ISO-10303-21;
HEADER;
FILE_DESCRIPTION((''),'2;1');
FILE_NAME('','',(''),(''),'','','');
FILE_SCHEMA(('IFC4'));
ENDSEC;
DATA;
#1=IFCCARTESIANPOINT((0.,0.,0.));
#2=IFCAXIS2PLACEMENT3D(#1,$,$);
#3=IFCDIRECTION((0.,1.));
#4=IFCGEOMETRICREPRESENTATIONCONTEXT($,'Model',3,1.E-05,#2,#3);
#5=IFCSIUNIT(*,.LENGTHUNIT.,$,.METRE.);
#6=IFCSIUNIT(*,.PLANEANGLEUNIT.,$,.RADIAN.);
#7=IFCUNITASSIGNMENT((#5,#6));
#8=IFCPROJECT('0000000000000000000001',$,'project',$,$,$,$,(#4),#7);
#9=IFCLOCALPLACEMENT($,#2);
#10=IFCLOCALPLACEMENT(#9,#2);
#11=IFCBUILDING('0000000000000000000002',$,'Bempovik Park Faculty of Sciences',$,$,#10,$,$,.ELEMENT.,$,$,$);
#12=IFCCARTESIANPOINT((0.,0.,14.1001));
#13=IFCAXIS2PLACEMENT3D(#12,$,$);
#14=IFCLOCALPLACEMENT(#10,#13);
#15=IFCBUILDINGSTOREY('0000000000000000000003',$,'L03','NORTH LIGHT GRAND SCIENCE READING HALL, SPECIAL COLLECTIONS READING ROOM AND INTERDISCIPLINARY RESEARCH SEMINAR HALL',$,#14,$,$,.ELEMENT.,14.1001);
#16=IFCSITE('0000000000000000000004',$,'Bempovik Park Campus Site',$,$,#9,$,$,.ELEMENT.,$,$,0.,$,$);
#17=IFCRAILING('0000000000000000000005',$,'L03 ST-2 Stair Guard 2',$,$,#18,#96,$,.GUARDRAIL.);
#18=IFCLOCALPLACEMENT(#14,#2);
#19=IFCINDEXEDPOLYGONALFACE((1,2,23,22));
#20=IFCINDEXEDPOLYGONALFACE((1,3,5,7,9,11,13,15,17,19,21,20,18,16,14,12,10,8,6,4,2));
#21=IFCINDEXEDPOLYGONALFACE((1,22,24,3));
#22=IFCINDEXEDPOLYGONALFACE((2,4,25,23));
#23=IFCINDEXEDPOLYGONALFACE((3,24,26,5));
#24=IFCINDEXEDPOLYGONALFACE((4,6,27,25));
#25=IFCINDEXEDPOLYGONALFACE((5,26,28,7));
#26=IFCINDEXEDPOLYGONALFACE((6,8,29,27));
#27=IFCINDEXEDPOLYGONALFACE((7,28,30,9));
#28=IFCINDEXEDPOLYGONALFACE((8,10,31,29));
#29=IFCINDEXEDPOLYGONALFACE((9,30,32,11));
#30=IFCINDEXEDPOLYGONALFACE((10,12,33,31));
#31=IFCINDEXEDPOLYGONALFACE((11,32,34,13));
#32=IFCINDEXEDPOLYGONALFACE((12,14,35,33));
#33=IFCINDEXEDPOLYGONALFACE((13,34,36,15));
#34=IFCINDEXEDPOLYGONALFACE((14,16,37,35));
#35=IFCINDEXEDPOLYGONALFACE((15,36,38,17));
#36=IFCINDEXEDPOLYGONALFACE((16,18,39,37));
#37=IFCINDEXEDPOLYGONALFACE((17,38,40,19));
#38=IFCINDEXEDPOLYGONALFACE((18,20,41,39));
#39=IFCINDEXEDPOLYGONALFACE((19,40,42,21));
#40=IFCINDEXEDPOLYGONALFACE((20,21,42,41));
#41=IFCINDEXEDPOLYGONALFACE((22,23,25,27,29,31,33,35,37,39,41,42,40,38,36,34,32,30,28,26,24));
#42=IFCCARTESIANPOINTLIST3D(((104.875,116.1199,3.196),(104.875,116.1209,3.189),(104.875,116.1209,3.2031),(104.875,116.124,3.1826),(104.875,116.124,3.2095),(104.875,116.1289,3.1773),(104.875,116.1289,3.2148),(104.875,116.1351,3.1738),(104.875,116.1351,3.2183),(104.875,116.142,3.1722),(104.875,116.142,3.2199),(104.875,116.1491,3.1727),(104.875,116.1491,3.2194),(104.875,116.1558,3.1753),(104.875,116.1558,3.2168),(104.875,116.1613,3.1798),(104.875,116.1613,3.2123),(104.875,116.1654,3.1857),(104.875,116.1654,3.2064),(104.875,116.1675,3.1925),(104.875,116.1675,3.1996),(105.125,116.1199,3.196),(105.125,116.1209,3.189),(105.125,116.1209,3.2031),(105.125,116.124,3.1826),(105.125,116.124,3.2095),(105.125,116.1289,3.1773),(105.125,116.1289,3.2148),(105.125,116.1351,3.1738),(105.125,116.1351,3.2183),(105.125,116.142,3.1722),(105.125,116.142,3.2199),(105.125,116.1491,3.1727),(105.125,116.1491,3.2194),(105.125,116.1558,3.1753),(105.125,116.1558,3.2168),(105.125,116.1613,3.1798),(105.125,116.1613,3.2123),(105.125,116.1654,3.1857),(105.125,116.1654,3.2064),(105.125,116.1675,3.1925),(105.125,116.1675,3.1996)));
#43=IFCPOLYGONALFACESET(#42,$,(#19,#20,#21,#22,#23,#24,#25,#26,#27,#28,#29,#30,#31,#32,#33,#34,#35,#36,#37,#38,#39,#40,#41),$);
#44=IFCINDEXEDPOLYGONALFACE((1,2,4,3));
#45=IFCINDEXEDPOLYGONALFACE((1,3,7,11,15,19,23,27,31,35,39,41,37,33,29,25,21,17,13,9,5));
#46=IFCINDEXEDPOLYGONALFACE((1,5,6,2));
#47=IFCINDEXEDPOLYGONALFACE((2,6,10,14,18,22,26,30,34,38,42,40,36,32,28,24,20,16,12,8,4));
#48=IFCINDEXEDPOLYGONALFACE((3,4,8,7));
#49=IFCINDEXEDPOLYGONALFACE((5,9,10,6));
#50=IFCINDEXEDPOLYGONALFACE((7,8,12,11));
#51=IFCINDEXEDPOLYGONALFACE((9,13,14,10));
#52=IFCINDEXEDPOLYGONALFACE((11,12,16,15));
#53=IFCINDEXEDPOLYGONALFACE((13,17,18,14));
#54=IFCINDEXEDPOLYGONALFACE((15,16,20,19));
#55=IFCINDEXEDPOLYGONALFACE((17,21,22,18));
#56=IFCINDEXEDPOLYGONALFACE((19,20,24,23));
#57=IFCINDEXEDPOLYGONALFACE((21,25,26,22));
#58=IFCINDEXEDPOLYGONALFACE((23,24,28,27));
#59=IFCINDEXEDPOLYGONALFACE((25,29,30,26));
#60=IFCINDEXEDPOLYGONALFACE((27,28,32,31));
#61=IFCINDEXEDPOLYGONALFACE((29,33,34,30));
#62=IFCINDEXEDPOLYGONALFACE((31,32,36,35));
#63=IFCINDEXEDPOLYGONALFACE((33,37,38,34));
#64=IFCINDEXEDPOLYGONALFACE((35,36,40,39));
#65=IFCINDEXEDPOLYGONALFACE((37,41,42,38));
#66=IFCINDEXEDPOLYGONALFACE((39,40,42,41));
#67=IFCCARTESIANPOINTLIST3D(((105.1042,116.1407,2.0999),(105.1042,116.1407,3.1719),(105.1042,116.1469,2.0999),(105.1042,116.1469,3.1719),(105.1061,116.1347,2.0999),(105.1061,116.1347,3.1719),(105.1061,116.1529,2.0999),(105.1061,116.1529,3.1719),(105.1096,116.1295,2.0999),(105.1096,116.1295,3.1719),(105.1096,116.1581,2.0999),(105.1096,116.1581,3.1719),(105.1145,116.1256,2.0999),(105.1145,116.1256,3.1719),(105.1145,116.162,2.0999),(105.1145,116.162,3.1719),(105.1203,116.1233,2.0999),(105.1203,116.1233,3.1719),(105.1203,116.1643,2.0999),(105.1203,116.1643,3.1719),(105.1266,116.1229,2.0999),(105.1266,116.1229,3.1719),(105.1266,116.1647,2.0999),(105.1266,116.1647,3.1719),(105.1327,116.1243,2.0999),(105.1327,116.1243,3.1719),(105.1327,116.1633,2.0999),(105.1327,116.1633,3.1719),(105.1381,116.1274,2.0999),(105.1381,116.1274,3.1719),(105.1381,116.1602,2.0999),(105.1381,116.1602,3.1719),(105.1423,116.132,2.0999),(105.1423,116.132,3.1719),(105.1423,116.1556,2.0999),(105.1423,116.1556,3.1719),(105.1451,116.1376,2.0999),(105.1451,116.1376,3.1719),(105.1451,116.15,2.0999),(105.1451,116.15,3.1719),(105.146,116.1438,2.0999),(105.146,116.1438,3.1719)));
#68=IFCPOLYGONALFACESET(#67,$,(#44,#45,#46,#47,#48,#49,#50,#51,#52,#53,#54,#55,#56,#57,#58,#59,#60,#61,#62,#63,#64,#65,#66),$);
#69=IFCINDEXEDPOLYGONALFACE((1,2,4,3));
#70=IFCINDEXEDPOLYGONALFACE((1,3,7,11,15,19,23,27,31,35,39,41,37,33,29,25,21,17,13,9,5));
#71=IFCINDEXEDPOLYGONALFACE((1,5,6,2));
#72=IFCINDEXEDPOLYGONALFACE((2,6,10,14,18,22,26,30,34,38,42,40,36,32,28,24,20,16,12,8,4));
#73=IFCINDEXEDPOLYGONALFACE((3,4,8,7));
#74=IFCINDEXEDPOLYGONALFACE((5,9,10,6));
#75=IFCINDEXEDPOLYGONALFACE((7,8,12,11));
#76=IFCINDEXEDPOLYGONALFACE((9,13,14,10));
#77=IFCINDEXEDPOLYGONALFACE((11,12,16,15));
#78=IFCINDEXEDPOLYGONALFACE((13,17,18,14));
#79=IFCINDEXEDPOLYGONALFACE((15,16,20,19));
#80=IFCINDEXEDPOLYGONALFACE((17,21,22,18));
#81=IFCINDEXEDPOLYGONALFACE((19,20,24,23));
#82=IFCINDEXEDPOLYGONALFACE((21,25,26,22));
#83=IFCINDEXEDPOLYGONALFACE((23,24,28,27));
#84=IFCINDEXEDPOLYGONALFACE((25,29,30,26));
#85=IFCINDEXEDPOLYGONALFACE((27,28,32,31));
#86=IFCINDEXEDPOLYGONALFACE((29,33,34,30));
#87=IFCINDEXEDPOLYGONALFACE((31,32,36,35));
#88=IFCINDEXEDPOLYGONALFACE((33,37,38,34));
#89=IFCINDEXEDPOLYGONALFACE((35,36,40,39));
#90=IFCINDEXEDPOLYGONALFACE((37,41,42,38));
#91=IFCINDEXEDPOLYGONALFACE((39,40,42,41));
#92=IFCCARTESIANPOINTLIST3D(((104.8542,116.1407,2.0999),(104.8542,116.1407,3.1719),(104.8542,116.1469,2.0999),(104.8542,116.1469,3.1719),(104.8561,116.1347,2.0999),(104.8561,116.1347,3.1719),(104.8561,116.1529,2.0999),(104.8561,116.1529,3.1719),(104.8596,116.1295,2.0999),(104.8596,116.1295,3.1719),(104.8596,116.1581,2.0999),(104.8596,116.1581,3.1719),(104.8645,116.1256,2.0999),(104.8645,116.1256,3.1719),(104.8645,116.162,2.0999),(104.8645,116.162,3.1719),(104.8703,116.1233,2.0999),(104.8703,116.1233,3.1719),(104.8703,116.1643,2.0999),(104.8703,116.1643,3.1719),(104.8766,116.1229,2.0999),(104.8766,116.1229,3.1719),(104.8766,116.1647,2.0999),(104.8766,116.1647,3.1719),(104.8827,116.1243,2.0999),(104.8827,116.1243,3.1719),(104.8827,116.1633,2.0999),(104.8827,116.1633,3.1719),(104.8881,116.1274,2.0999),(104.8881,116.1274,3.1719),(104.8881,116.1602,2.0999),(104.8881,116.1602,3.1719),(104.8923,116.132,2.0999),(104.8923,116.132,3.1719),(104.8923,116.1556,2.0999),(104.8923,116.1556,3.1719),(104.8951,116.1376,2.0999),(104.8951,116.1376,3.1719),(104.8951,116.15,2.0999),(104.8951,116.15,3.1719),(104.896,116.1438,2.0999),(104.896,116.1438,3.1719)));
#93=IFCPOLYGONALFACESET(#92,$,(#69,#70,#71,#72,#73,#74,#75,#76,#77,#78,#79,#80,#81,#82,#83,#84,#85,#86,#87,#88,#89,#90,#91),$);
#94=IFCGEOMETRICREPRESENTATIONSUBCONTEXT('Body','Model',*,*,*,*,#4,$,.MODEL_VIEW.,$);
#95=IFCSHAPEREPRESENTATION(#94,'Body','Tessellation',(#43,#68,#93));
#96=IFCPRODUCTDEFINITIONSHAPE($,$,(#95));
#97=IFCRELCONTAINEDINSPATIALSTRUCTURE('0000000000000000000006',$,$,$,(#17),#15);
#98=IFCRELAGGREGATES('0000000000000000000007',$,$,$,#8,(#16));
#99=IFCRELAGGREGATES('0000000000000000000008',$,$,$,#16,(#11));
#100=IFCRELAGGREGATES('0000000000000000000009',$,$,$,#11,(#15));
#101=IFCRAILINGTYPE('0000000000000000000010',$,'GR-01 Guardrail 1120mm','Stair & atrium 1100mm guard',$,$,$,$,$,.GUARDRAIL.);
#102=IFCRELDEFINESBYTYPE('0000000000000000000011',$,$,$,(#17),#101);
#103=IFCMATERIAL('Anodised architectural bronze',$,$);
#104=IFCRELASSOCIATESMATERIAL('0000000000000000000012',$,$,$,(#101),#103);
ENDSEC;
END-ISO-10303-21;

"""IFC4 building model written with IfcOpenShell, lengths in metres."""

from ifc_helpers import new_model, si_unit, direction, frame, origin, origin_2d, place, context, subcontext, project, spatial, circle, extrude, material, type_object, element, save


model = new_model("IFC4")

# Units and contexts
model_context = context("Model", 3, precision=1e-05, world=origin(), true_north=direction((0.0, 1.0)))
body_context = subcontext(model_context, "Body", "Model", "MODEL_VIEW")
ifc_project = project(units=[si_unit("LENGTHUNIT", "METRE"), si_unit("PLANEANGLEUNIT", "RADIAN")], contexts=[model_context])

# Site, building, storey
site_placement = place(None, origin())
site = spatial("IfcSite", under=ifc_project, at=site_placement, Name="Bempovik Park Campus Site", CompositionType="ELEMENT", RefElevation=0.0)
building_placement = place(site_placement, origin())
building = spatial("IfcBuilding", under=site, at=building_placement, Name="Bempovik Park Faculty of Sciences", CompositionType="ELEMENT")
storey_placement = place(building_placement, frame((0.0, 0.0, 14.1001)))
storey = spatial("IfcBuildingStorey", under=building, at=storey_placement, Name="L03", Description="NORTH LIGHT GRAND SCIENCE READING HALL, SPECIAL COLLECTIONS READING ROOM AND INTERDISCIPLINARY RESEARCH SEMINAR HALL", CompositionType="ELEMENT", Elevation=14.1001)

# Shared definitions
ifc_material_1 = material(Name="Anodised architectural bronze")

# Railing
railing_type_1 = type_object("IfcRailingType", Name="GR-01 Guardrail 1120mm", Description="Stair & atrium 1100mm guard", PredefinedType="GUARDRAIL", material=ifc_material_1)
railing_1_placement = place(storey_placement, frame((105.125, 116.1438, 2.0999)))
element("IfcRailing", 1, at=railing_1_placement, inside=storey, type_object=railing_type_1, Name="L03 ST-2 Stair Guard 2", PredefinedType="GUARDRAIL", context=body_context, shape_type="SweptSolid", body=[
    extrude(circle(Radius=0.0239, at=origin_2d()), frame((0.0, 0.0, 1.0962), z_axis=(-1.0, 0.0, 0.0), x_axis=(0.0, -1.0, 0.0)), (0.0, 0.0, 1.0), 0.25),
    extrude(circle(Radius=0.021, at=origin_2d()), origin(), (0.0, 0.0, 1.0), 1.072),
    extrude(circle(Radius=0.021, at=origin_2d()), frame((-0.25, 0.0, 0.0)), (0.0, 0.0, 1.0), 1.072),
])

save(model, "model.ifc")
